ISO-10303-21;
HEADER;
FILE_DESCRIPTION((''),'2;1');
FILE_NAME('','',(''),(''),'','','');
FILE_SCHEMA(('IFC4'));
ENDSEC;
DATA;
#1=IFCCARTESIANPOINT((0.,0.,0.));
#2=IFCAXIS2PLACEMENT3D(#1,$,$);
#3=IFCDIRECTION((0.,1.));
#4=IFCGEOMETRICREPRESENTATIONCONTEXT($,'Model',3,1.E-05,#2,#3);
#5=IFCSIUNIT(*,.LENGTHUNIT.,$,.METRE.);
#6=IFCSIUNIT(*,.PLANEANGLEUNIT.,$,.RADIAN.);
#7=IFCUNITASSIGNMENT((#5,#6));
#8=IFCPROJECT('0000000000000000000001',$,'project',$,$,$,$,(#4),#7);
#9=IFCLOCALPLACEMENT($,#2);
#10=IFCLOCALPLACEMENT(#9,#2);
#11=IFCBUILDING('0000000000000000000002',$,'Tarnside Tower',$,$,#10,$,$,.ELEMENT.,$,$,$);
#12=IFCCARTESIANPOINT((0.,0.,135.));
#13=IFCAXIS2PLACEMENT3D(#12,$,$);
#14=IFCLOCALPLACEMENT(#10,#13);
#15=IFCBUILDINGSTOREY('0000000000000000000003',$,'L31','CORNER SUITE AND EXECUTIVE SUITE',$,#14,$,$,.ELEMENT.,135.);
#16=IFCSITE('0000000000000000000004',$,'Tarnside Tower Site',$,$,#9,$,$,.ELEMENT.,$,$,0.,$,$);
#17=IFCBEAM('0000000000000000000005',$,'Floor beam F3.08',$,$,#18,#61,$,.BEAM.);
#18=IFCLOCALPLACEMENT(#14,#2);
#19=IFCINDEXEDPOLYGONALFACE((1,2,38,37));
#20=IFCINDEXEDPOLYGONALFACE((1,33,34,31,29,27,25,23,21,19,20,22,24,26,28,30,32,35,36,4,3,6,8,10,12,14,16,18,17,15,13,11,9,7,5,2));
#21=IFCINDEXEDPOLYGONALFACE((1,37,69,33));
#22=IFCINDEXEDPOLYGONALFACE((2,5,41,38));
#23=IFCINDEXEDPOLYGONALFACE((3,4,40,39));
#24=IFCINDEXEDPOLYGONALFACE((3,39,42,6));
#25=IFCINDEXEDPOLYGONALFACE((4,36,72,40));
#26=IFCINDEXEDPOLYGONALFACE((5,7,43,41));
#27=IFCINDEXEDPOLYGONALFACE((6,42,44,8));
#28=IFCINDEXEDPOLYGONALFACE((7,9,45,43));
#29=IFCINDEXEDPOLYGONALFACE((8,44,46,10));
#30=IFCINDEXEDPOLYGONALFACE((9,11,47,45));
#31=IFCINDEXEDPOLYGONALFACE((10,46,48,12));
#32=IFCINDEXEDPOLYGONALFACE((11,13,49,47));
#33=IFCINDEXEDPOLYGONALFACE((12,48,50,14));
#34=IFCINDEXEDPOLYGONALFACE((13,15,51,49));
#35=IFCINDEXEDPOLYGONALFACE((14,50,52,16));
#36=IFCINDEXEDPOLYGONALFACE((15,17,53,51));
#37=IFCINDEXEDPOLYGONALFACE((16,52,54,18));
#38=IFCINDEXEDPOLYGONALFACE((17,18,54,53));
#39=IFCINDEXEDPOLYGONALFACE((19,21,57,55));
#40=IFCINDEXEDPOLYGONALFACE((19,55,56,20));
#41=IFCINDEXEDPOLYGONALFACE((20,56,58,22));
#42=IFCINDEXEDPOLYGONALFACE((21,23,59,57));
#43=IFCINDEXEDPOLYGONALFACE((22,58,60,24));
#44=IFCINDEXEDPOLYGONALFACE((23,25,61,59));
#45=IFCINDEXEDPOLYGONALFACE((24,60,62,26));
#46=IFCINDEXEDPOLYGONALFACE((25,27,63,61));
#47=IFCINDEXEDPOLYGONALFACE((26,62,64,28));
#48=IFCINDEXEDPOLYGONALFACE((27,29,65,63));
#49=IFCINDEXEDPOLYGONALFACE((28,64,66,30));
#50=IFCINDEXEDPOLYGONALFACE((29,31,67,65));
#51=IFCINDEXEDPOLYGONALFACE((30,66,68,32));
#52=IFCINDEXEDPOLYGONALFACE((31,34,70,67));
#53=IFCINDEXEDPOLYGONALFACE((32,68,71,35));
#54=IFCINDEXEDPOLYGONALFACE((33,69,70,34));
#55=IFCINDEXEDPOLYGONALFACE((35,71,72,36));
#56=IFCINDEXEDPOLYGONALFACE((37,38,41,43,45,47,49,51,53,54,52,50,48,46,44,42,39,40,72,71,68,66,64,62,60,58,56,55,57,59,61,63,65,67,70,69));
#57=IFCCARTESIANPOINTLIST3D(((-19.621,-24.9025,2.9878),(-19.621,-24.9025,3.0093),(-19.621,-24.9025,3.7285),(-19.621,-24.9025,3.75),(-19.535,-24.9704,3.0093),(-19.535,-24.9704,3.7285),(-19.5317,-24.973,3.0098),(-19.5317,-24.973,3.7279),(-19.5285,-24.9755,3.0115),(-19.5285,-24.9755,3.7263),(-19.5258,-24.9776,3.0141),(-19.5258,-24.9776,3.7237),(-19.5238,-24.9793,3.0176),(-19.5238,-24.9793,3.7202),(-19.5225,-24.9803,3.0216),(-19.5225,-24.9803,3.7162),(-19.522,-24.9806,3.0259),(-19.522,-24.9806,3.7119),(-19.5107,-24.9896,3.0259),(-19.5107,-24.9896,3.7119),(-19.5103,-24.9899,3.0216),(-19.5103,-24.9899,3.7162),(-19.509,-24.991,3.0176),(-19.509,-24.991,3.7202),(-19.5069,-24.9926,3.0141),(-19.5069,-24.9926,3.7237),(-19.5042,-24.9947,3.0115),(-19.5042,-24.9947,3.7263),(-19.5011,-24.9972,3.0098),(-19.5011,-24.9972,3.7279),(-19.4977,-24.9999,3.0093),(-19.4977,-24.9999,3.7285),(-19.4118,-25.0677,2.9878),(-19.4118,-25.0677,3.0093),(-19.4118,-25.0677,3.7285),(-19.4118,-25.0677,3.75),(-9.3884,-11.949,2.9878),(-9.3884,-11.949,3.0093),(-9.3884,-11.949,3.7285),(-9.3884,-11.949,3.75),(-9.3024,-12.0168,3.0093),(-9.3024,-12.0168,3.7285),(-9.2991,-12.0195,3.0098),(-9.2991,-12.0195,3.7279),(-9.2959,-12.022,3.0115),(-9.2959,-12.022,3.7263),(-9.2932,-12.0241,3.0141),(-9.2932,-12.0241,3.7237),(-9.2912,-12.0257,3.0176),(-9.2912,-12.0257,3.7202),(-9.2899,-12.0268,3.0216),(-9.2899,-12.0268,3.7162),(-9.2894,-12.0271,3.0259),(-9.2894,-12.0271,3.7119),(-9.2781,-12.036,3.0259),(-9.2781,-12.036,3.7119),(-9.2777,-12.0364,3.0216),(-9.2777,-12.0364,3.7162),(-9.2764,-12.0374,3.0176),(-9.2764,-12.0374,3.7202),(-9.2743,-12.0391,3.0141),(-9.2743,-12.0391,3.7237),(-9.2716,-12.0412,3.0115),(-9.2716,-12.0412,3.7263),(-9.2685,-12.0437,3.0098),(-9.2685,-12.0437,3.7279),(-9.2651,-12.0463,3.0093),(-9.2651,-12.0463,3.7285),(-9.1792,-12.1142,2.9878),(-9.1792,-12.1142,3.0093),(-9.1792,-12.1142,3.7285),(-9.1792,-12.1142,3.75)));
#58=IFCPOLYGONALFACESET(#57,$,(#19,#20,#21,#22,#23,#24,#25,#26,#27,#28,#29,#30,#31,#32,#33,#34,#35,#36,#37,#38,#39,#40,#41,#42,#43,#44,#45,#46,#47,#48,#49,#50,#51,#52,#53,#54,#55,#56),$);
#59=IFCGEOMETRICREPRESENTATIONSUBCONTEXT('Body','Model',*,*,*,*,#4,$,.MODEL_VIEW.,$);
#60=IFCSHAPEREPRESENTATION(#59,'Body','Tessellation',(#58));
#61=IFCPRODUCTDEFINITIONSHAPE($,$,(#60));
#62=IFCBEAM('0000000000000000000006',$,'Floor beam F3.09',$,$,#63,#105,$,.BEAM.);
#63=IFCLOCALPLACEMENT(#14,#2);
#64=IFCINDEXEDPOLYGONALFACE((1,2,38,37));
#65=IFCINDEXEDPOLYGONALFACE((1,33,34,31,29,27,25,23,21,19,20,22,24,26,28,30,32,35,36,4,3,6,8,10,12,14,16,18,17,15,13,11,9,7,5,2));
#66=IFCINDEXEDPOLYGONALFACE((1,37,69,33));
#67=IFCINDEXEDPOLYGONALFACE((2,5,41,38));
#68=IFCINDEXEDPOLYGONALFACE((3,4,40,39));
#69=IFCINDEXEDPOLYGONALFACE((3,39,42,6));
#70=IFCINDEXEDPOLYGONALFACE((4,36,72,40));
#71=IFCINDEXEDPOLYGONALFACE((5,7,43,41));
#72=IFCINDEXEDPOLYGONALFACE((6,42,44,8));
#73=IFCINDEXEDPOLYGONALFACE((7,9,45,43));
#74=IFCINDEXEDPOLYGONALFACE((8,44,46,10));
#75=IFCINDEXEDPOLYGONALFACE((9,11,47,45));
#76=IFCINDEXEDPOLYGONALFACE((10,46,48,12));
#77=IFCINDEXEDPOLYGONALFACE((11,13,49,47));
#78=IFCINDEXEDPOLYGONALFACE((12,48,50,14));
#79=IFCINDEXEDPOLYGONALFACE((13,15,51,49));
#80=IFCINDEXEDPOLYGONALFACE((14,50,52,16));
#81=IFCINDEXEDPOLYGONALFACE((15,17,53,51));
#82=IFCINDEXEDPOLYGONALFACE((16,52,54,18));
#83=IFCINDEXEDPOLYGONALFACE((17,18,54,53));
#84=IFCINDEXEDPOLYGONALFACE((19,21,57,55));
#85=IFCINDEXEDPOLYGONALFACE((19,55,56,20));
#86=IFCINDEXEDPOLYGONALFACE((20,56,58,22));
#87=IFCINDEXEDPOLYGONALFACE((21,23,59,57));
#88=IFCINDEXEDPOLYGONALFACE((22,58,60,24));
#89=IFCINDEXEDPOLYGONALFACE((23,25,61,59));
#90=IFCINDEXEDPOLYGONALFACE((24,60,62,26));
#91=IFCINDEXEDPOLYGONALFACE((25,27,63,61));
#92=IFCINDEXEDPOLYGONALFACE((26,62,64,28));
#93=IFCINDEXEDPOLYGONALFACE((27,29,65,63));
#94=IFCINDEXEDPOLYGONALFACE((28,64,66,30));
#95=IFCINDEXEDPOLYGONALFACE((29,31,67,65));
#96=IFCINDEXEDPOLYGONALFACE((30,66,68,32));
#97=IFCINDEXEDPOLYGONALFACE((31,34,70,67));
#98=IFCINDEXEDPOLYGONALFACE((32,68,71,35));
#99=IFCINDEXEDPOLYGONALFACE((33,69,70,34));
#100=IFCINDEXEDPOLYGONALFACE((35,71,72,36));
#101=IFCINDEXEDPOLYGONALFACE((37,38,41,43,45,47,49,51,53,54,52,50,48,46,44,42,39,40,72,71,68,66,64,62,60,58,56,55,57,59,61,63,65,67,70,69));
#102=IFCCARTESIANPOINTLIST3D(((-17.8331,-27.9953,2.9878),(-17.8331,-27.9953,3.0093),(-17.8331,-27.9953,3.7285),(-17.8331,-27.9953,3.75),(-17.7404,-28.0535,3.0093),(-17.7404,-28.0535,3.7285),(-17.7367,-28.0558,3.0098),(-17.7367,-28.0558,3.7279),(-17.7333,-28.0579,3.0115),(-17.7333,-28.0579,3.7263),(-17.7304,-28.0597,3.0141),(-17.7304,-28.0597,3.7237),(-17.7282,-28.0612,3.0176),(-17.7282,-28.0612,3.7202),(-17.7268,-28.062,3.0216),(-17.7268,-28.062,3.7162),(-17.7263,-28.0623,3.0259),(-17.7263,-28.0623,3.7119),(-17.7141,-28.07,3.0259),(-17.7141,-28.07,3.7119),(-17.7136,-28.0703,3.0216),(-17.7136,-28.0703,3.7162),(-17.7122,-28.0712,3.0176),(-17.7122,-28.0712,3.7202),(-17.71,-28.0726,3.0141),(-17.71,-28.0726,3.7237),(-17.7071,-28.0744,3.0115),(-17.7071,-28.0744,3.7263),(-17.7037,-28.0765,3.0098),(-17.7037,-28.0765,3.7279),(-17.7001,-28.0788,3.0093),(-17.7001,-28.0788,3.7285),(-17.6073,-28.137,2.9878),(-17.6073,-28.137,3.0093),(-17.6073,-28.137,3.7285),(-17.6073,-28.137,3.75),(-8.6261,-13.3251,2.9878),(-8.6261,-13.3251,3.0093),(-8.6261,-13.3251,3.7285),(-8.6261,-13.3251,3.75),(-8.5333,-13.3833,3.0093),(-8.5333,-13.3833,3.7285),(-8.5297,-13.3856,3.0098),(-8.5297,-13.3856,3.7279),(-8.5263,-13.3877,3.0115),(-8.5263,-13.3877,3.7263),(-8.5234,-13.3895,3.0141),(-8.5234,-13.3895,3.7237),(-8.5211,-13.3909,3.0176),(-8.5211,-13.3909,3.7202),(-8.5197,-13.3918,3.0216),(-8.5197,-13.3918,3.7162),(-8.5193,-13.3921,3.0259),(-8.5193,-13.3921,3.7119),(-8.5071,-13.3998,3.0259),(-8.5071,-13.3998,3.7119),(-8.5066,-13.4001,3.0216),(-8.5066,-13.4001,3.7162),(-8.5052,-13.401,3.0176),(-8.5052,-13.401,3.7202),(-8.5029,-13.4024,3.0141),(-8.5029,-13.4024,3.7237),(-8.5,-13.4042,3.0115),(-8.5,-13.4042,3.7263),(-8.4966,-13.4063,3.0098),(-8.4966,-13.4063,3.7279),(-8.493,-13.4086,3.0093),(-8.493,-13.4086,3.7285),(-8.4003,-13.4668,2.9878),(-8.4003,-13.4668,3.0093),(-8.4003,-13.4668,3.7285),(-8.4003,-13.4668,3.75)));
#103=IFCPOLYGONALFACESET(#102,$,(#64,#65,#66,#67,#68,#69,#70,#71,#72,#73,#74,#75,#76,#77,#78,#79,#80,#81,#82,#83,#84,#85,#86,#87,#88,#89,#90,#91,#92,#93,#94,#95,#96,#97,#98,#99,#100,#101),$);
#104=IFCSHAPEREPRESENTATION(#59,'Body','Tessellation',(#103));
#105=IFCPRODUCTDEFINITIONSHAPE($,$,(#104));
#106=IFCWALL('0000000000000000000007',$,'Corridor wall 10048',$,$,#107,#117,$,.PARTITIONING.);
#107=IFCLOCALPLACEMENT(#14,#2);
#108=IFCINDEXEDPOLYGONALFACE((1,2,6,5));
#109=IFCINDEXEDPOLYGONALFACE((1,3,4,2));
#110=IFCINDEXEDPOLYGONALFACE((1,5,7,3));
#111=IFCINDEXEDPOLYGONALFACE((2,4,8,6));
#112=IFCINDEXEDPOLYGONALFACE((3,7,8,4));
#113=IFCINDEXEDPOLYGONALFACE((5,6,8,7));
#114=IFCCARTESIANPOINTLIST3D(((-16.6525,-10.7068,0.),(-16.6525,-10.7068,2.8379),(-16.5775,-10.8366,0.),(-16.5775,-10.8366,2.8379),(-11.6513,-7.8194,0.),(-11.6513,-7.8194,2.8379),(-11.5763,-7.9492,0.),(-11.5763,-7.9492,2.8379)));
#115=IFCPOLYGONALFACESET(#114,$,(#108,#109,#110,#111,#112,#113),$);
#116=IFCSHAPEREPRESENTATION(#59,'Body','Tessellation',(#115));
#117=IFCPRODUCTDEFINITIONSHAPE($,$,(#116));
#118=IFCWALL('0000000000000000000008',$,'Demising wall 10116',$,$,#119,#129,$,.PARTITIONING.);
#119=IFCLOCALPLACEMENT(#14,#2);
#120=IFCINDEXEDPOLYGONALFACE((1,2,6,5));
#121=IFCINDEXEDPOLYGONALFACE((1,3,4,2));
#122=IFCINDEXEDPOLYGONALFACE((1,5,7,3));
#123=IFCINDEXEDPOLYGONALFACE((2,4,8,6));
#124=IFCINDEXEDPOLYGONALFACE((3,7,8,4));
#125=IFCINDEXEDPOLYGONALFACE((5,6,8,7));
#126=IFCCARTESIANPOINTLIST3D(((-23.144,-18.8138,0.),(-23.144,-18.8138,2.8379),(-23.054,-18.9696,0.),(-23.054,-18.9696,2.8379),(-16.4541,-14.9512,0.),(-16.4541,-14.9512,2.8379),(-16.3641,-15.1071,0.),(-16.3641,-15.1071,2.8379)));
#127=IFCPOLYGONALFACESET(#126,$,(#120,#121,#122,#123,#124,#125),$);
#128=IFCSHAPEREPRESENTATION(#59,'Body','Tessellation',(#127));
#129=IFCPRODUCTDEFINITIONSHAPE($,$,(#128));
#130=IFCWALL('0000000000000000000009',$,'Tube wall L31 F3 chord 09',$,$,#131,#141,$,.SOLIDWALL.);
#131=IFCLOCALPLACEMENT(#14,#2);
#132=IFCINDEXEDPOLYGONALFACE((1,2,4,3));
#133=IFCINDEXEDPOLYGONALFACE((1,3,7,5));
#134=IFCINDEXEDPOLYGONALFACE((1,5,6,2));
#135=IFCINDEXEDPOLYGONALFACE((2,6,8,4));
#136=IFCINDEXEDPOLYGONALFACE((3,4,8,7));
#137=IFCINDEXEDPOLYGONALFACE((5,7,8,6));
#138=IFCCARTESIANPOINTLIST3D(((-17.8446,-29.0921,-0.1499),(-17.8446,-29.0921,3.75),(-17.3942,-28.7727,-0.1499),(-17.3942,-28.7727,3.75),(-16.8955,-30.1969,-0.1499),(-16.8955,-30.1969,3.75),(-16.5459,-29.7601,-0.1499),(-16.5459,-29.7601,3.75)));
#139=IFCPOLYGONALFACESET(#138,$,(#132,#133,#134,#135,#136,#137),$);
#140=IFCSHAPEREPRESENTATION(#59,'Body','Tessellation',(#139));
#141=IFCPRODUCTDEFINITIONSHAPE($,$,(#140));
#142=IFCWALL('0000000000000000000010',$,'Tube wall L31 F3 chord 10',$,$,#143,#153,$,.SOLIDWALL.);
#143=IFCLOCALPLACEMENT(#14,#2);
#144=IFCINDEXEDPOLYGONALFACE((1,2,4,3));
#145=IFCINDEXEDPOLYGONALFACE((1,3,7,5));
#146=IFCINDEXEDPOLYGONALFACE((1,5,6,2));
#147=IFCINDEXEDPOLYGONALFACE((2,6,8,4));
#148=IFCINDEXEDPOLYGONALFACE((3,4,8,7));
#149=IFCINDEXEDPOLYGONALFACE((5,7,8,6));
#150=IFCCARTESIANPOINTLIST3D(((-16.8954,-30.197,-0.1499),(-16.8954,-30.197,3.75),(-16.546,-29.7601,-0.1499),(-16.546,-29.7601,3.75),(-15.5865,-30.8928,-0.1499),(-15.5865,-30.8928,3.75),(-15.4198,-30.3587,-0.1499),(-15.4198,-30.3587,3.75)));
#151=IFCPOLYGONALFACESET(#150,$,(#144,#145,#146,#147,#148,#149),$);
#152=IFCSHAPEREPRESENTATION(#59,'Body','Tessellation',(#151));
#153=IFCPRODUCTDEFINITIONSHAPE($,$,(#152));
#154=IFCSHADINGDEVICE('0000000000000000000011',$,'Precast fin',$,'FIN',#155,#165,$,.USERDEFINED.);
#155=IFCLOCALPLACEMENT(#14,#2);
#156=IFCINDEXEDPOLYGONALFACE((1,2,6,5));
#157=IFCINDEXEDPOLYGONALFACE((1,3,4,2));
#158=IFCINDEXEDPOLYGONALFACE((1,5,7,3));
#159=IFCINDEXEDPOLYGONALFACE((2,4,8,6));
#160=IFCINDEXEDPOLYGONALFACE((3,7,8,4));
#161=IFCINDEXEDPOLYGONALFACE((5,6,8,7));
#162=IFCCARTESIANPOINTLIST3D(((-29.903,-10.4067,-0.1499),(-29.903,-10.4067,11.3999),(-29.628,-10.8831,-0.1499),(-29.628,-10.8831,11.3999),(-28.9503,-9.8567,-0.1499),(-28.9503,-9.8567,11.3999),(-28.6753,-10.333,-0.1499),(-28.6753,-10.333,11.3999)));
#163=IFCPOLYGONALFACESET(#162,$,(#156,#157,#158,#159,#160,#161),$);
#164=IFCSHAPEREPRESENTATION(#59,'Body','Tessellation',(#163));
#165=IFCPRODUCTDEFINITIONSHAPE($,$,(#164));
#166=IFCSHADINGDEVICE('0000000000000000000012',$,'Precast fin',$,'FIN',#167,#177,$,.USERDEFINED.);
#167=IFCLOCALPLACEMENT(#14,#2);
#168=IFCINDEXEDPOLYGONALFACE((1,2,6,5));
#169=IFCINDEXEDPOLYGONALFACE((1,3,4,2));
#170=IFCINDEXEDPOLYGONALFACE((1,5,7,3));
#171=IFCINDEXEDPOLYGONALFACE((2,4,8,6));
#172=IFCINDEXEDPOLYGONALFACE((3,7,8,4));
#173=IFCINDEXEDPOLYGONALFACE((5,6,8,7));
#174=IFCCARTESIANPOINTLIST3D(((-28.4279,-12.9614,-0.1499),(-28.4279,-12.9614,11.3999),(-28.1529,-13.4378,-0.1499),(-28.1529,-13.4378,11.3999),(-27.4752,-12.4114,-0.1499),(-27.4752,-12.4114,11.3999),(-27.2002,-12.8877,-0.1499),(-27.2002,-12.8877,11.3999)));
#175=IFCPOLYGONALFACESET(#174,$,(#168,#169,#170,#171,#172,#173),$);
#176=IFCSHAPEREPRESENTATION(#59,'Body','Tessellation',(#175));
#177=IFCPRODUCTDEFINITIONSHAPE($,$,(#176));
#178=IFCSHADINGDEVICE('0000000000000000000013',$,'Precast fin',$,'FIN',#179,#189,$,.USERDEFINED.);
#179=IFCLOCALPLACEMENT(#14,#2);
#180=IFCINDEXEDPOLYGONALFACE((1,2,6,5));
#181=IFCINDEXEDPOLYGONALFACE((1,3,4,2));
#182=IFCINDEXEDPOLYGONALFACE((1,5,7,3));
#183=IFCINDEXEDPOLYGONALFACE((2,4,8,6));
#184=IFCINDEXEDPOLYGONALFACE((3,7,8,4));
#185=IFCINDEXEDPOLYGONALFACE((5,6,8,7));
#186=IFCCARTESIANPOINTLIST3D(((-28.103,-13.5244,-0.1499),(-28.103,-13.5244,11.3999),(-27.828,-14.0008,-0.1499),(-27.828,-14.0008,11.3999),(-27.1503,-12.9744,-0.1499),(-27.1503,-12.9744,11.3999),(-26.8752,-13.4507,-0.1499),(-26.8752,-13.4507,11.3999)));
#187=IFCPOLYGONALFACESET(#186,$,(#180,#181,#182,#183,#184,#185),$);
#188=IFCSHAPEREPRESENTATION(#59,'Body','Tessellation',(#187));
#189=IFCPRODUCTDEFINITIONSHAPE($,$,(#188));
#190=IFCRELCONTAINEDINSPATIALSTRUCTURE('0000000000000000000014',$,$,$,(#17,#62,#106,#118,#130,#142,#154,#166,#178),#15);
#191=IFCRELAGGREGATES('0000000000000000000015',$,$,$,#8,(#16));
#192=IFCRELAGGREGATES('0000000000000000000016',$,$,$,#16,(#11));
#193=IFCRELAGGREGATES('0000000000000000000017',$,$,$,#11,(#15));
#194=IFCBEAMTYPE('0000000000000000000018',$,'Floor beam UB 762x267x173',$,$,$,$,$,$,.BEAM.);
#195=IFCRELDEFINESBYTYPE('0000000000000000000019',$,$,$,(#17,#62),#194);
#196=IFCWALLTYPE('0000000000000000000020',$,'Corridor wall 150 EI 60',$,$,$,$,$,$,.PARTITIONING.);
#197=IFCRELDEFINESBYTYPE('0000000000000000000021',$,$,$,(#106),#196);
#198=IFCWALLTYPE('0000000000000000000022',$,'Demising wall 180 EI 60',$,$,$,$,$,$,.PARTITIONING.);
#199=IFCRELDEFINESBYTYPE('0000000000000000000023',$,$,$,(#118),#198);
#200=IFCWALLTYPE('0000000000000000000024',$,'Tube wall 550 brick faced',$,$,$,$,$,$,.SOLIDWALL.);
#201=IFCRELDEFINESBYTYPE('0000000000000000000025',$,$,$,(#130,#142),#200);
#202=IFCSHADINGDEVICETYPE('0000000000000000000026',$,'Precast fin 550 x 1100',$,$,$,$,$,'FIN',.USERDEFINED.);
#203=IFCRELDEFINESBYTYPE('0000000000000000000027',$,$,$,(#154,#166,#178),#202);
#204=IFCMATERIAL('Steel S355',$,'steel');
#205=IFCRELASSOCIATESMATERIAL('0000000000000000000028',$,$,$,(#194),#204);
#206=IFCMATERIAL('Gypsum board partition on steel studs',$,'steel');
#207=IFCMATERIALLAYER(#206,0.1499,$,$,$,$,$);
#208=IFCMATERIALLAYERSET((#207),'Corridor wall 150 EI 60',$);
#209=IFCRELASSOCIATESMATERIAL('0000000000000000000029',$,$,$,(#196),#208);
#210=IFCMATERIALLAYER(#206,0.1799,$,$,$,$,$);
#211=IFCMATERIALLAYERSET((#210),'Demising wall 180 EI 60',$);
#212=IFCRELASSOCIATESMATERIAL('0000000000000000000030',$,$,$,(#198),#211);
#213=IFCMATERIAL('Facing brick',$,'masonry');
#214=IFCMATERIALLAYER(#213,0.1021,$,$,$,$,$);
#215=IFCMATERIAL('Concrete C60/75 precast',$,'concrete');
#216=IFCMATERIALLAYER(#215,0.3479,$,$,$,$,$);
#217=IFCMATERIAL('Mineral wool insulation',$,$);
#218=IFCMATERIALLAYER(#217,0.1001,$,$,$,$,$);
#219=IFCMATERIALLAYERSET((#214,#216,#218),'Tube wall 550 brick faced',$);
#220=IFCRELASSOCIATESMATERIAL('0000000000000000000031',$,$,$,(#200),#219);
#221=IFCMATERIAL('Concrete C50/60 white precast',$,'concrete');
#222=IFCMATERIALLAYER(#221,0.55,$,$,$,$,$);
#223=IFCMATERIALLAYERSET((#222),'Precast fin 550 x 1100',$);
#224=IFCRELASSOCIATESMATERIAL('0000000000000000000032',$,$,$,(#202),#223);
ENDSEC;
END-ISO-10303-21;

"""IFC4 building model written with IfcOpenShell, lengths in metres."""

from ifc_helpers import new_model, si_unit, direction, frame, frame_2d, origin, origin_2d, place, context, subcontext, project, spatial, polyline, rectangle, i_section, outline, extrude, material, layer, layer_set, material_profile, profile_set, type_object, element, save


model = new_model("IFC4")

# Units and contexts
model_context = context("Model", 3, precision=1e-05, world=origin(), true_north=direction((0.0, 1.0)))
body_context = subcontext(model_context, "Body", "Model", "MODEL_VIEW")
ifc_project = project(units=[si_unit("LENGTHUNIT", "METRE"), si_unit("PLANEANGLEUNIT", "RADIAN")], contexts=[model_context])

# Site, building, storey
site_placement = place(None, origin())
site = spatial("IfcSite", under=ifc_project, at=site_placement, Name="Tarnside Tower Site", CompositionType="ELEMENT", RefElevation=0.0)
building_placement = place(site_placement, origin())
building = spatial("IfcBuilding", under=site, at=building_placement, Name="Tarnside Tower", CompositionType="ELEMENT")
storey_placement = place(building_placement, frame((0.0, 0.0, 135.0)))
storey = spatial("IfcBuildingStorey", under=building, at=storey_placement, Name="L31", Description="CORNER SUITE AND EXECUTIVE SUITE", CompositionType="ELEMENT", Elevation=135.0)

# Beams
ifc_material_1 = material(Name="Steel S355", Category="steel")
ifc_material_profile_1 = material_profile(ifc_material_1, i_section(OverallWidth=0.2666, OverallDepth=0.7622, WebThickness=0.0144, FlangeThickness=0.0215, FilletRadius=0.0166, at=origin_2d()), Name="UB 762x267x173")
ifc_profile_set_1 = profile_set([ifc_material_profile_1], Name="Steel S355")
beam_type_1 = type_object("IfcBeamType", Name="Floor beam UB 762x267x173", PredefinedType="BEAM", material=ifc_profile_set_1)
beam_1_placement = place(storey_placement, frame((-19.5164, -24.9851, 3.3689), z_axis=(0.619873, 0.784702, 0.0), x_axis=(-0.784702, 0.619873, 0.0)))
element("IfcBeam", 1, at=beam_1_placement, inside=storey, type_object=beam_type_1, Name="Floor beam F3.08", PredefinedType="BEAM", context=body_context, shape_type="SweptSolid", body=[
    extrude(i_section(OverallWidth=0.2666, OverallDepth=0.7622, WebThickness=0.0144, FlangeThickness=0.0215, FilletRadius=0.0166, at=origin_2d()), origin(), (0.0, 0.0, 1.0), 16.5076),
])
beam_2_placement = place(storey_placement, frame((-17.7202, -28.0662, 3.3689), z_axis=(0.531583, 0.847006, 0.0), x_axis=(-0.847006, 0.531583, 0.0)))
element("IfcBeam", 2, at=beam_2_placement, inside=storey, type_object=beam_type_1, Name="Floor beam F3.09", PredefinedType="BEAM", context=body_context, shape_type="SweptSolid", body=[
    extrude(i_section(OverallWidth=0.2666, OverallDepth=0.7622, WebThickness=0.0144, FlangeThickness=0.0215, FilletRadius=0.0166, at=origin_2d()), origin(), (0.0, 0.0, 1.0), 17.3201),
])

# Walls
ifc_material_2 = material(Name="Gypsum board partition on steel studs", Category="steel")
ifc_layer_1 = layer(ifc_material_2, 0.1499)
ifc_layer_set_1 = layer_set([ifc_layer_1], Name="Corridor wall 150 EI 60")
wall_type_1 = type_object("IfcWallType", Name="Corridor wall 150 EI 60", PredefinedType="PARTITIONING", material=ifc_layer_set_1)
wall_1_placement = place(storey_placement, frame((-16.615, -10.7717, 0.0), z_axis=(0.0, 0.0, 1.0), x_axis=(0.866026, 0.499999, 0.0)))
element("IfcWall", 3, at=wall_1_placement, inside=storey, type_object=wall_type_1, Name="Corridor wall 10048", PredefinedType="PARTITIONING", context=body_context, shape_type="SweptSolid", body=[
    extrude(rectangle(XDim=5.7749, YDim=0.1499, at=frame_2d((2.8875, 0.0))), origin(), (0.0, 0.0, 1.0), 2.8379),
])
ifc_layer_2 = layer(ifc_material_2, 0.1799)
ifc_layer_set_2 = layer_set([ifc_layer_2], Name="Demising wall 180 EI 60")
wall_type_2 = type_object("IfcWallType", Name="Demising wall 180 EI 60", PredefinedType="PARTITIONING", material=ifc_layer_set_2)
wall_2_placement = place(storey_placement, frame((-23.0989, -18.8916, 0.0), z_axis=(0.0, 0.0, 1.0), x_axis=(0.866019, 0.500011, 0.0)))
element("IfcWall", 4, at=wall_2_placement, inside=storey, type_object=wall_type_2, Name="Demising wall 10116", PredefinedType="PARTITIONING", context=body_context, shape_type="SweptSolid", body=[
    extrude(rectangle(XDim=7.7249, YDim=0.1799, at=frame_2d((3.8623, 0.0))), origin(), (0.0, 0.0, 1.0), 2.8379),
])
ifc_material_3 = material(Name="Facing brick", Category="masonry")
ifc_layer_3 = layer(ifc_material_3, 0.1021)
ifc_material_4 = material(Name="Concrete C60/75 precast", Category="concrete")
ifc_layer_4 = layer(ifc_material_4, 0.3479)
ifc_material_5 = material(Name="Mineral wool insulation")
ifc_layer_5 = layer(ifc_material_5, 0.1001)
ifc_layer_set_3 = layer_set([ifc_layer_3, ifc_layer_4, ifc_layer_5], Name="Tube wall 550 brick faced")
wall_type_3 = type_object("IfcWallType", Name="Tube wall 550 brick faced", PredefinedType="SOLIDWALL", material=ifc_layer_set_3)
wall_3_placement = place(storey_placement, frame((-17.6194, -28.9324, -0.1499), z_axis=(0.0, 0.0, 1.0), x_axis=(0.651622, -0.758544, 0.0)))
element("IfcWall", 5, at=wall_3_placement, inside=storey, type_object=wall_type_3, Name="Tube wall L31 F3 chord 09", PredefinedType="SOLIDWALL", context=body_context, shape_type="SweptSolid", body=[
    extrude(outline(polyline([(-0.0256, -0.2749), (1.4309, -0.2749), (1.3274, 0.2749), (0.0256, 0.2749), (-0.0256, -0.2749)])), origin(), (0.0, 0.0, 1.0), 3.8999),
])
wall_4_placement = place(storey_placement, frame((-16.7207, -29.9785, -0.1499), z_axis=(0.0, 0.0, 1.0), x_axis=(0.882994, -0.469384, 0.0)))
element("IfcWall", 6, at=wall_4_placement, inside=storey, type_object=wall_type_3, Name="Tube wall L31 F3 chord 10", PredefinedType="SOLIDWALL", context=body_context, shape_type="SweptSolid", body=[
    extrude(outline(polyline([(-0.0518, -0.2749), (1.4307, -0.2749), (1.3271, 0.2749), (0.0518, 0.2749), (-0.0518, -0.2749)])), origin(), (0.0, 0.0, 1.0), 3.8999),
])

# Shading devices
ifc_material_6 = material(Name="Concrete C50/60 white precast", Category="concrete")
ifc_layer_6 = layer(ifc_material_6, 0.55)
ifc_layer_set_4 = layer_set([ifc_layer_6], Name="Precast fin 550 x 1100")
shading_device_type_1 = type_object("IfcShadingDeviceType", Name="Precast fin 550 x 1100", ElementType="FIN", PredefinedType="USERDEFINED", material=ifc_layer_set_4)
for number, where, z_axis, x_axis, name in (
    (7, (-28.8127, -10.095, -0.1499), (-0.5, 0.866025, 0.0), (-0.866025, -0.5, 0.0), "Precast fin"),
    (8, (-27.3376, -12.6497, -0.1499), (-0.5, 0.866025, 0.0), (-0.866025, -0.5, 0.0), "Precast fin"),
    (9, (-27.0127, -13.2126, -0.1499), (-0.5, 0.866025, 0.0), (-0.866025, -0.5, 0.0), "Precast fin"),
):
    element("IfcShadingDevice", number, at=place(storey_placement, frame(where, z_axis=z_axis, x_axis=x_axis)), inside=storey, type_object=shading_device_type_1, Name=name, ObjectType="FIN", PredefinedType="USERDEFINED", context=body_context, shape_type="SweptSolid", body=[
        extrude(outline(polyline([(0.0, 0.0), (1.1001, 0.0), (1.1001, 11.5498), (0.0, 11.5498), (0.0, 0.0)])), frame((0.0, 0.0, -0.2749)), (0.0, 0.0, 1.0), 0.55),
    ])

save(model, "model.ifc")
